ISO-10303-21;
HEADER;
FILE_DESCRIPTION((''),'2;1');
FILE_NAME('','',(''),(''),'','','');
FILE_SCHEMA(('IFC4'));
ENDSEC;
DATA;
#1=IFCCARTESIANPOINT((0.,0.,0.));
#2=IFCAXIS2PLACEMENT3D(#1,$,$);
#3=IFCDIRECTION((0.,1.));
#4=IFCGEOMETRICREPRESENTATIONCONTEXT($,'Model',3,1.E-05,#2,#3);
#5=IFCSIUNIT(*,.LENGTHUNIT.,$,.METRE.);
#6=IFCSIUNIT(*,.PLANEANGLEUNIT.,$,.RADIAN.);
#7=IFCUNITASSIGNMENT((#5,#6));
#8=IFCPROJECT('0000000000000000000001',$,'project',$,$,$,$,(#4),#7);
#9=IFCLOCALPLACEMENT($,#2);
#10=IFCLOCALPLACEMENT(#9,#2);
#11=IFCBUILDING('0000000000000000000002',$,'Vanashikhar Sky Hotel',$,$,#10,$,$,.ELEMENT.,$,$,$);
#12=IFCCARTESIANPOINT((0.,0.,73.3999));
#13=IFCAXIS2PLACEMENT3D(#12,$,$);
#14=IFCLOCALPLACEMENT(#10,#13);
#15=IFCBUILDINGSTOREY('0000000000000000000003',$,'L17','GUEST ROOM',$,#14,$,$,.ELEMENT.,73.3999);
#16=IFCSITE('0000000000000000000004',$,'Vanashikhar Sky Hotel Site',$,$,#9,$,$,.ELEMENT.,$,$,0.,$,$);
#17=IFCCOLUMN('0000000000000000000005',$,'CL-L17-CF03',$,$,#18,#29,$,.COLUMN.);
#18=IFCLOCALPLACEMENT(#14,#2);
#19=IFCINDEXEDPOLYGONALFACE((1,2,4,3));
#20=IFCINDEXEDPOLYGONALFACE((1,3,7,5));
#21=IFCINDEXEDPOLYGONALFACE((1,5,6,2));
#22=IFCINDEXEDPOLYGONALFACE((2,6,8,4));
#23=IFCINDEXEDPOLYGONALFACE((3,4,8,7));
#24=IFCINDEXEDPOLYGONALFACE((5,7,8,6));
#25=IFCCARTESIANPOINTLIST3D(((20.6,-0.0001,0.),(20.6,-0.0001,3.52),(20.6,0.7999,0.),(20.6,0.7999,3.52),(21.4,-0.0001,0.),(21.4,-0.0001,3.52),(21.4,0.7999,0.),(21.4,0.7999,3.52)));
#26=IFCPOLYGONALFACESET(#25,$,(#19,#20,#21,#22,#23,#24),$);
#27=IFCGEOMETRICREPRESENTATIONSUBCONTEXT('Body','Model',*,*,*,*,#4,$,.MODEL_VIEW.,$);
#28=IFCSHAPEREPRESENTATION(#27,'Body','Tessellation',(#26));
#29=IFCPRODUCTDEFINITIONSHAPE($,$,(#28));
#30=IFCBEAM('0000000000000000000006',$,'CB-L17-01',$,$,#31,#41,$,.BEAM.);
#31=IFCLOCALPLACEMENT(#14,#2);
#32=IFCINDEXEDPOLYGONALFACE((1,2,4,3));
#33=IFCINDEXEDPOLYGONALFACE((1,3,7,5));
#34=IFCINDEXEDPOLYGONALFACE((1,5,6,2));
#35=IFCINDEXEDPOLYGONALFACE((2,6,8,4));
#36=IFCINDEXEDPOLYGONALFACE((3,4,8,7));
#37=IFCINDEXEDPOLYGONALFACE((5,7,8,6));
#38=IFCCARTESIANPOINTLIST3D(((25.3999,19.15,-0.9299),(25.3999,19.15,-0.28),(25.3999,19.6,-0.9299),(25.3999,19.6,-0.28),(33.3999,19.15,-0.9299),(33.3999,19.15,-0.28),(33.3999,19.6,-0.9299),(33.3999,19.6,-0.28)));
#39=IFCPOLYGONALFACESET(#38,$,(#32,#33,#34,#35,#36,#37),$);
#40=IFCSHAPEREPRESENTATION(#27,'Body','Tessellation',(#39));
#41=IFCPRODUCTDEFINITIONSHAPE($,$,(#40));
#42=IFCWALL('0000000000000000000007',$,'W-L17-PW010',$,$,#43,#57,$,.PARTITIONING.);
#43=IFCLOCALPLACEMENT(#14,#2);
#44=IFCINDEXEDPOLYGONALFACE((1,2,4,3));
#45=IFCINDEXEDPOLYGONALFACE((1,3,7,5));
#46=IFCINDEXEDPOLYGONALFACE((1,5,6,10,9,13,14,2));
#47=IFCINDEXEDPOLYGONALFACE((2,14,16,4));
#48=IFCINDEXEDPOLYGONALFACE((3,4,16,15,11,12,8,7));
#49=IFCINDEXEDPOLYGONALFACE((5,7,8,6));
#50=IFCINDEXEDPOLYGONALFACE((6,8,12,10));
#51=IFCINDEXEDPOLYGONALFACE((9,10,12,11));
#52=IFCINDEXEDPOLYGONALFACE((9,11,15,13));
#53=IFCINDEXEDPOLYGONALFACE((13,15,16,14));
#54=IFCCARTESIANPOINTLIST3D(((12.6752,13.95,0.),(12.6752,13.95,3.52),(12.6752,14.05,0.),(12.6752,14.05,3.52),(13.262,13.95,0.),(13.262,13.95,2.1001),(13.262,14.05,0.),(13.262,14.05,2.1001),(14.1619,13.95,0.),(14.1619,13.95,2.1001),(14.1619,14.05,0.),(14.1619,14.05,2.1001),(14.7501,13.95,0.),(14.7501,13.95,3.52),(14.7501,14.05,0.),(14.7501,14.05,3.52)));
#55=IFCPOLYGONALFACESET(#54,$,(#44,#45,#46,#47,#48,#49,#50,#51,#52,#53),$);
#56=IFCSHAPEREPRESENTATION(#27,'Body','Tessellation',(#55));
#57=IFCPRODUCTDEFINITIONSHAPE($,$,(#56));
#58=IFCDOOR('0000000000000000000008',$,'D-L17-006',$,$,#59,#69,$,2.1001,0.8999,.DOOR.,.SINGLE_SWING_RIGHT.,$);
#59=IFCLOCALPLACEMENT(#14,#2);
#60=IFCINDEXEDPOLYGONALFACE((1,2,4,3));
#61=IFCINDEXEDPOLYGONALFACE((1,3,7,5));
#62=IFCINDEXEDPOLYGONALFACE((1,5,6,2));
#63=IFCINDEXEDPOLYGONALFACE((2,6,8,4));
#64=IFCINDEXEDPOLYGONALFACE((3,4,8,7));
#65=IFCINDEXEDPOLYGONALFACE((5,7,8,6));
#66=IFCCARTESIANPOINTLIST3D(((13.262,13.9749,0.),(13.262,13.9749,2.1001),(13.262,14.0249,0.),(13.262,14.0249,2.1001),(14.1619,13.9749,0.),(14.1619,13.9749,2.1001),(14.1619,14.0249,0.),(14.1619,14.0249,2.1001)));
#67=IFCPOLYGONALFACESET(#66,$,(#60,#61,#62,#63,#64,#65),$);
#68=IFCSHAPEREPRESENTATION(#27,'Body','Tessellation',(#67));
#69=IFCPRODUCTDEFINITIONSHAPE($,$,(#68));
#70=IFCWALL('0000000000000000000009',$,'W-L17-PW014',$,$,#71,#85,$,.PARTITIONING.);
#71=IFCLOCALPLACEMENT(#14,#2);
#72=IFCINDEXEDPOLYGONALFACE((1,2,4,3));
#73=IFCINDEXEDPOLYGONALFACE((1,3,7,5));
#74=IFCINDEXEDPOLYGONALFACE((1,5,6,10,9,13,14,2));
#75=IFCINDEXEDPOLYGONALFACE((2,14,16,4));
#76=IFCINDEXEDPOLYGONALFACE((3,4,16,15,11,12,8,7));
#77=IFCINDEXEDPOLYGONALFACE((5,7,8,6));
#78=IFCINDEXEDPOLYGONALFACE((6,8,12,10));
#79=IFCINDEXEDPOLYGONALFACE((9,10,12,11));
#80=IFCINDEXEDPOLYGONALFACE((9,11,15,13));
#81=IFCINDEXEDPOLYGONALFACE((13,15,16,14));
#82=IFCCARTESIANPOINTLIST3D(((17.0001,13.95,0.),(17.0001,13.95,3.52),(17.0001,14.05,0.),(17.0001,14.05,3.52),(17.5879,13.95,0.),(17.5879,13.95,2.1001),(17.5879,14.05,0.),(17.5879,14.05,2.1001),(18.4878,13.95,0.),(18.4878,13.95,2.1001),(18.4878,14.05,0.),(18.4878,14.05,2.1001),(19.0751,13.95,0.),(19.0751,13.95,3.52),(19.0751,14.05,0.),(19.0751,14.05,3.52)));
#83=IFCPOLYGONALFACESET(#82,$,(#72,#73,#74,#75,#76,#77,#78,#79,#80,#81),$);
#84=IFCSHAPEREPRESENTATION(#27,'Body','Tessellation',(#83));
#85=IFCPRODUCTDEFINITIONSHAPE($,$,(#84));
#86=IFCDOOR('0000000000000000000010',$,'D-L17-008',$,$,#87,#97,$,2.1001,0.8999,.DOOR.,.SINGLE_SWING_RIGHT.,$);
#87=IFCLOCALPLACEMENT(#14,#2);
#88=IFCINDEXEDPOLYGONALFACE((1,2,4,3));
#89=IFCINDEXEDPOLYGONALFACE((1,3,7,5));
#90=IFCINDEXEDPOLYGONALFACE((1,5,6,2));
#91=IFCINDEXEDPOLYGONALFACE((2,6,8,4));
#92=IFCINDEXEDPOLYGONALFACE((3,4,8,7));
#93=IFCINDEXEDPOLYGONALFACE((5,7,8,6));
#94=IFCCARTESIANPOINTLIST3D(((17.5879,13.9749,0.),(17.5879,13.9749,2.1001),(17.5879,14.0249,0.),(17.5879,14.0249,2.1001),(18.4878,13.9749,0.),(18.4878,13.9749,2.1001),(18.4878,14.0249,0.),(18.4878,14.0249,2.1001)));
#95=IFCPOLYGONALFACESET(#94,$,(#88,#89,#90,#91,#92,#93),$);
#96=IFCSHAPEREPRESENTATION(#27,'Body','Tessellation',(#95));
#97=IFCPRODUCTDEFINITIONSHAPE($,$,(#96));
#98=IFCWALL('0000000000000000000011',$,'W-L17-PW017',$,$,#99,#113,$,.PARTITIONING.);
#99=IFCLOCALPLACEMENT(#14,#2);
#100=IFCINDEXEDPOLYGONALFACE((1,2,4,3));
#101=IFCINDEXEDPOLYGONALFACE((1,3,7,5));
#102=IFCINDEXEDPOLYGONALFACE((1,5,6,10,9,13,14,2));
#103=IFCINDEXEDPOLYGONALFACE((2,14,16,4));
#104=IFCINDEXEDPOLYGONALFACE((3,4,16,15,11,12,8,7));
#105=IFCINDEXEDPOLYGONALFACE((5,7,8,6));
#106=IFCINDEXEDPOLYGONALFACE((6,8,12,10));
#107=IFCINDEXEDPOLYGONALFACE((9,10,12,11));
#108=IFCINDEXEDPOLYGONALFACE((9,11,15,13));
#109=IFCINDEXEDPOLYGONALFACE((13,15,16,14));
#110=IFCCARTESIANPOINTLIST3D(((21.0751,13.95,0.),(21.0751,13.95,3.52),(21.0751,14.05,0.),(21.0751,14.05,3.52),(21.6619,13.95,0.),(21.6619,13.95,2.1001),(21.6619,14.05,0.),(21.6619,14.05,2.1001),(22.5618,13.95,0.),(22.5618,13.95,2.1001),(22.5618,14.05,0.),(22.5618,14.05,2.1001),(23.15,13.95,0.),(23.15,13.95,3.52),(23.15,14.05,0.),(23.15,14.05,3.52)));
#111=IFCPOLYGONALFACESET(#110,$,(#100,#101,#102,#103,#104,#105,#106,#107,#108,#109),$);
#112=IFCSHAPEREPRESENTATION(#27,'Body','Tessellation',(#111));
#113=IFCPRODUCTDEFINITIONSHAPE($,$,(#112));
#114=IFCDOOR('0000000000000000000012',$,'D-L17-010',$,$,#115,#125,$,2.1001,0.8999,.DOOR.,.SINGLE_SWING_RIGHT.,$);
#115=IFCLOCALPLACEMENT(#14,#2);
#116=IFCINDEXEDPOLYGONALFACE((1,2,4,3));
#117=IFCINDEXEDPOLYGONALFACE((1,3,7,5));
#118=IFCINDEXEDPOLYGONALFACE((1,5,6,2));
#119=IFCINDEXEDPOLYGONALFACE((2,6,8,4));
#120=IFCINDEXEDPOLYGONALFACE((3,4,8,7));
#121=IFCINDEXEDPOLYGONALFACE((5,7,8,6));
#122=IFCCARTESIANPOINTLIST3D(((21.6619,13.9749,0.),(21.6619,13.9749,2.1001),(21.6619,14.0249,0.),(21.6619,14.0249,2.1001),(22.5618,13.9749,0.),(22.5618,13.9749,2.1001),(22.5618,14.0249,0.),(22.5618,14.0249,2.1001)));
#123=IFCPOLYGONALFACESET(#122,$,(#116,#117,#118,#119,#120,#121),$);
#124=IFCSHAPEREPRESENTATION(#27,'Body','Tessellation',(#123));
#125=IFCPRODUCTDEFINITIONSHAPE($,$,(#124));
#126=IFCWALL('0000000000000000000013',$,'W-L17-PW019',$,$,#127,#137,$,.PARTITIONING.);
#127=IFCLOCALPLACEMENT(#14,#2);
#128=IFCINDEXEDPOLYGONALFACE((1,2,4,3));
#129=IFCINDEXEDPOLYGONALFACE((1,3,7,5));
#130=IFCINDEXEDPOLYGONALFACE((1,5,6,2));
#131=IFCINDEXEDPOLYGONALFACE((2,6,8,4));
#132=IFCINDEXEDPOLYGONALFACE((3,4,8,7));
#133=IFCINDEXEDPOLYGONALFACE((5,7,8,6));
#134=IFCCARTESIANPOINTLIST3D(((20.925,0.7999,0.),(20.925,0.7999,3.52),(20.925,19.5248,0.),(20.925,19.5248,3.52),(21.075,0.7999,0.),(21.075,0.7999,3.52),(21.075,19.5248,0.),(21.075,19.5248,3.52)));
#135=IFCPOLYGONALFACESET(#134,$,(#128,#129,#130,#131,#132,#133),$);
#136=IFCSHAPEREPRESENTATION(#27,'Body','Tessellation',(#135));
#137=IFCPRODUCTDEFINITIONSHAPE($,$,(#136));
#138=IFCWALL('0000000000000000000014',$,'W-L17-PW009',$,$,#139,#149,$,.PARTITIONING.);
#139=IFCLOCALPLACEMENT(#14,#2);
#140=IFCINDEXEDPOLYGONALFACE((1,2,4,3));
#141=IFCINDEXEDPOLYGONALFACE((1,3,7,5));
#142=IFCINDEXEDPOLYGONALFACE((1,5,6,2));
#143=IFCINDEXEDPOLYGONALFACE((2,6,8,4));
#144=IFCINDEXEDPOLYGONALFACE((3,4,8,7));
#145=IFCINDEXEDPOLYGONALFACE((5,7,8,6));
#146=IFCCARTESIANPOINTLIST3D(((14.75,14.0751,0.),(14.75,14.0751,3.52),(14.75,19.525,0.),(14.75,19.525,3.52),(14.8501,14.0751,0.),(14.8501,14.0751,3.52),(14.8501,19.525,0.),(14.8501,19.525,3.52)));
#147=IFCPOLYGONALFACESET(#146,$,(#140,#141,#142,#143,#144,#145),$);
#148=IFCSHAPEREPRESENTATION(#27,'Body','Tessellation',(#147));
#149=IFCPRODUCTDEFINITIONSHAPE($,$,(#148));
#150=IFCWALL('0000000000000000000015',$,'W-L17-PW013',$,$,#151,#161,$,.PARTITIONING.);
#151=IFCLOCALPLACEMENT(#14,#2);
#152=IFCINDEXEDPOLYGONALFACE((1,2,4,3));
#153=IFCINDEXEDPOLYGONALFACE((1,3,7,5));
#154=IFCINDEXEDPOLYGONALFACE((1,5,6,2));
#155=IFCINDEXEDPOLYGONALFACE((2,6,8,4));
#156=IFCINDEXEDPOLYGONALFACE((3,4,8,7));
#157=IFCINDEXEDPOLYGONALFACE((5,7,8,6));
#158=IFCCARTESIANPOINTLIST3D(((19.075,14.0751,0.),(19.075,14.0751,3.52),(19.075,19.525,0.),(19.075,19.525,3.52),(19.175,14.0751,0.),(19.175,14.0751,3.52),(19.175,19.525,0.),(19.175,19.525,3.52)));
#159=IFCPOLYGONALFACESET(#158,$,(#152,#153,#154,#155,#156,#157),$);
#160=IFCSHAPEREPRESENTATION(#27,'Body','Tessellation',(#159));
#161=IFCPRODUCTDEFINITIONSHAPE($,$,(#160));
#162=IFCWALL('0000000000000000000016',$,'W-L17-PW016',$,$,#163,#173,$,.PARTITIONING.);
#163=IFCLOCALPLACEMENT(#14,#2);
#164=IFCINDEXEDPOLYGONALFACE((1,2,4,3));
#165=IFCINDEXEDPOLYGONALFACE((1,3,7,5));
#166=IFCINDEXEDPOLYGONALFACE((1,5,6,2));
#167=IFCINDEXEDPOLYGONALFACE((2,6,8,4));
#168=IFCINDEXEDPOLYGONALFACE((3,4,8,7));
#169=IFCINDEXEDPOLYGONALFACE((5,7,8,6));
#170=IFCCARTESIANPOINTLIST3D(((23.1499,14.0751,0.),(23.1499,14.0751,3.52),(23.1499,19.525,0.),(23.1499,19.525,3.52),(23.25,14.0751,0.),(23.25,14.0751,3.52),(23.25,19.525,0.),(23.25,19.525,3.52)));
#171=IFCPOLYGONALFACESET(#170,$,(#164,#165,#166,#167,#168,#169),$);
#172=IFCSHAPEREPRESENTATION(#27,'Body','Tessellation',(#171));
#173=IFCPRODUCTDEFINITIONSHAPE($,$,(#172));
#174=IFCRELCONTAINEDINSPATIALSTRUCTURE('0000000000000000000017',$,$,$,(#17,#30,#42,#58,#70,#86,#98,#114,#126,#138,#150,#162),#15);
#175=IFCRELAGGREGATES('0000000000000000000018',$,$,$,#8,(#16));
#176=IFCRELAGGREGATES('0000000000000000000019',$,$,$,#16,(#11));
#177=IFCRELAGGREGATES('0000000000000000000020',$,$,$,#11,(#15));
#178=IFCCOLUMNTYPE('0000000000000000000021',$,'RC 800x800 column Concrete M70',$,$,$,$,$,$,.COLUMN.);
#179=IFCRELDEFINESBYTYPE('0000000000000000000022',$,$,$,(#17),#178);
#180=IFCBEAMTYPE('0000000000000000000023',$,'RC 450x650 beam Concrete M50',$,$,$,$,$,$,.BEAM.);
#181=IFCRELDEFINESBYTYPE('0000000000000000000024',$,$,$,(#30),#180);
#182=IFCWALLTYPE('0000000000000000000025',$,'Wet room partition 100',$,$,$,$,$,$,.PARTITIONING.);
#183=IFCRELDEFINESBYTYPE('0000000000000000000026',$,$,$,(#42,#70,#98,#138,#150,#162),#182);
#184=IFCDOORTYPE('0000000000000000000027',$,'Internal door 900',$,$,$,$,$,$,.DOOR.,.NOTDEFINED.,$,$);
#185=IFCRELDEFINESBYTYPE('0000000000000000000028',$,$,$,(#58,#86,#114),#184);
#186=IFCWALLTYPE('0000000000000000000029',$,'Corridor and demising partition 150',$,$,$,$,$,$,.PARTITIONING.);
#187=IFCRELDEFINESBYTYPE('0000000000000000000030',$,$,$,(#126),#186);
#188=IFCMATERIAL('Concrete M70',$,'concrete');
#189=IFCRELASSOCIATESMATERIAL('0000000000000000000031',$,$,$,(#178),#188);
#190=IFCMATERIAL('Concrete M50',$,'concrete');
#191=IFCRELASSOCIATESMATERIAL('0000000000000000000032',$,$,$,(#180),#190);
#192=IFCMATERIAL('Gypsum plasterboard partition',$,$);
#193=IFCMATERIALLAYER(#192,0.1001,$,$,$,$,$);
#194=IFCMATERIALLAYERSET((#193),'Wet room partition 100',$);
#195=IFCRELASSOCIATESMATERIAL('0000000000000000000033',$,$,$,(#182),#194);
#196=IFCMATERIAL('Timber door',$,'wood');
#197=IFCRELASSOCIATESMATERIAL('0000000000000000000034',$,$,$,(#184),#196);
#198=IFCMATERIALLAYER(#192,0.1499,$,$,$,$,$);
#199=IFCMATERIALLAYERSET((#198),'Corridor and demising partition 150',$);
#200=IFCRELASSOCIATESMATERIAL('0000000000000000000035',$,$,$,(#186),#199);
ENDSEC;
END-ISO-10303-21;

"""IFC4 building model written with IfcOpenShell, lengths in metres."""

from ifc_helpers import new_model, si_unit, direction, frame, frame_2d, origin, origin_2d, place, context, subcontext, project, spatial, rectangle, extrude, source, transform, mapped, material, layer, layer_set, material_profile, profile_set, type_object, element, fill, save


model = new_model("IFC4")

# Units and contexts
model_context = context("Model", 3, precision=1e-05, world=origin(), true_north=direction((0.0, 1.0)))
body_context = subcontext(model_context, "Body", "Model", "MODEL_VIEW")
ifc_project = project(units=[si_unit("LENGTHUNIT", "METRE"), si_unit("PLANEANGLEUNIT", "RADIAN")], contexts=[model_context])

# Site, building, storey
site_placement = place(None, origin())
site = spatial("IfcSite", under=ifc_project, at=site_placement, Name="Vanashikhar Sky Hotel Site", CompositionType="ELEMENT", RefElevation=0.0)
building_placement = place(site_placement, origin())
building = spatial("IfcBuilding", under=site, at=building_placement, Name="Vanashikhar Sky Hotel", CompositionType="ELEMENT")
storey_placement = place(building_placement, frame((0.0, 0.0, 73.3999)))
storey = spatial("IfcBuildingStorey", under=building, at=storey_placement, Name="L17", Description="GUEST ROOM", CompositionType="ELEMENT", Elevation=73.3999)

# Column
ifc_material_1 = material(Name="Concrete M70", Category="concrete")
ifc_material_profile_1 = material_profile(ifc_material_1, rectangle(XDim=0.8, YDim=0.8, at=origin_2d()))
ifc_profile_set_1 = profile_set([ifc_material_profile_1], Name="RC 800x800 column Concrete M70")
column_type = type_object("IfcColumnType", Name="RC 800x800 column Concrete M70", PredefinedType="COLUMN", material=ifc_profile_set_1)
shared_shape_1 = source(origin(), body_context, "Body", "SweptSolid", [
    extrude(rectangle(XDim=0.8, YDim=0.8, at=origin_2d()), origin(), (0.0, 0.0, 1.0), 3.52),
])
column_placement = place(storey_placement, frame((21.0, 0.3999, 0.0), z_axis=(0.0, 0.0, 1.0), x_axis=(1.0, 0.0, 0.0)))
element("IfcColumn", 1, at=column_placement, inside=storey, type_object=column_type, Name="CL-L17-CF03", PredefinedType="COLUMN", context=body_context, shape_type="MappedRepresentation", body=[
    mapped(shared_shape_1, transform((0.0, 0.0, 0.0), scale=1.0)),
])

# Beam
ifc_material_2 = material(Name="Concrete M50", Category="concrete")
ifc_material_profile_2 = material_profile(ifc_material_2, rectangle(XDim=0.45, YDim=0.6499, at=origin_2d()))
ifc_profile_set_2 = profile_set([ifc_material_profile_2], Name="RC 450x650 beam Concrete M50")
beam_type = type_object("IfcBeamType", Name="RC 450x650 beam Concrete M50", PredefinedType="BEAM", material=ifc_profile_set_2)
shared_shape_2 = source(origin(), body_context, "Body", "SweptSolid", [
    extrude(rectangle(XDim=0.45, YDim=0.6499, at=origin_2d()), origin(), (0.0, 0.0, 1.0), 8.0),
])
beam_placement = place(storey_placement, frame((25.3999, 19.375, -0.605), z_axis=(1.0, 0.0, 0.0), x_axis=(0.0, 1.0, 0.0)))
element("IfcBeam", 2, at=beam_placement, inside=storey, type_object=beam_type, Name="CB-L17-01", PredefinedType="BEAM", context=body_context, shape_type="MappedRepresentation", body=[
    mapped(shared_shape_2, transform((0.0, 0.0, 0.0), scale=1.0)),
])

# Walls, openings, doors
ifc_material_3 = material(Name="Gypsum plasterboard partition")
ifc_layer_1 = layer(ifc_material_3, 0.1001)
ifc_layer_set_1 = layer_set([ifc_layer_1], Name="Wet room partition 100")
wall_type_1 = type_object("IfcWallType", Name="Wet room partition 100", PredefinedType="PARTITIONING", material=ifc_layer_set_1)
shared_shape_3 = source(origin(), body_context, "Body", "SweptSolid", [
    extrude(rectangle(XDim=2.075, YDim=0.1001, at=frame_2d((1.0376, 0.0))), origin(), (0.0, 0.0, 1.0), 3.52),
])
wall_1_placement = place(storey_placement, frame((12.675, 14.0, 0.0), z_axis=(0.0, 0.0, 1.0), x_axis=(1.0, 0.0, 0.0)))
wall_1 = element("IfcWall", 3, at=wall_1_placement, inside=storey, type_object=wall_type_1, Name="W-L17-PW010", PredefinedType="PARTITIONING", context=body_context, shape_type="MappedRepresentation", body=[
    mapped(shared_shape_3, transform((0.0, 0.0, 0.0), scale=1.0)),
])
shared_shape_4 = source(origin(), body_context, "Body", "SweptSolid", [
    extrude(rectangle(XDim=0.8999, YDim=2.1001, at=frame_2d((0.45, 1.05))), frame((0.0, 0.0601, 0.0), z_axis=(0.0, -1.0, 0.0), x_axis=(1.0, 0.0, 0.0)), (0.0, 0.0, 1.0), 0.1201),
])
opening_1_placement = place(wall_1_placement, frame((0.5869, 0.0, 0.0)))
opening_1 = element("IfcOpeningElement", 4, at=opening_1_placement, cuts=wall_1, PredefinedType="OPENING", context=body_context, shape_type="MappedRepresentation", body=[
    mapped(shared_shape_4, transform((0.0, 0.0, 0.0), scale=1.0)),
])
ifc_material_4 = material(Name="Timber door", Category="wood")
door_type_1 = type_object("IfcDoorType", Name="Internal door 900", OperationType="NOTDEFINED", PredefinedType="DOOR", material=ifc_material_4)
shared_shape_5 = source(origin(), body_context, "Body", "SweptSolid", [
    extrude(rectangle(XDim=0.8999, YDim=2.1001, at=frame_2d((0.45, 1.05))), frame((0.0, 0.0249, 0.0), z_axis=(0.0, -1.0, 0.0), x_axis=(1.0, 0.0, 0.0)), (0.0, 0.0, 1.0), 0.05),
])
door_1_placement = place(opening_1_placement, origin())
door_1 = element("IfcDoor", 5, at=door_1_placement, inside=storey, type_object=door_type_1, Name="D-L17-006", OperationType="SINGLE_SWING_RIGHT", OverallHeight=2.1001, OverallWidth=0.8999, PredefinedType="DOOR", context=body_context, shape_type="MappedRepresentation", body=[
    mapped(shared_shape_5, transform((0.0, 0.0, 0.0), scale=1.0)),
])
fill(opening_1, door_1)
wall_2_placement = place(storey_placement, frame((17.0, 14.0, 0.0), z_axis=(0.0, 0.0, 1.0), x_axis=(1.0, 0.0, 0.0)))
wall_2 = element("IfcWall", 6, at=wall_2_placement, inside=storey, type_object=wall_type_1, Name="W-L17-PW014", PredefinedType="PARTITIONING", context=body_context, shape_type="MappedRepresentation", body=[
    mapped(shared_shape_3, transform((0.0, 0.0, 0.0), scale=1.0)),
])
opening_2_placement = place(wall_2_placement, frame((0.5879, 0.0, 0.0)))
opening_2 = element("IfcOpeningElement", 7, at=opening_2_placement, cuts=wall_2, PredefinedType="OPENING", context=body_context, shape_type="MappedRepresentation", body=[
    mapped(shared_shape_4, transform((0.0, 0.0, 0.0), scale=1.0)),
])
door_2_placement = place(opening_2_placement, origin())
door_2 = element("IfcDoor", 8, at=door_2_placement, inside=storey, type_object=door_type_1, Name="D-L17-008", OperationType="SINGLE_SWING_RIGHT", OverallHeight=2.1001, OverallWidth=0.8999, PredefinedType="DOOR", context=body_context, shape_type="MappedRepresentation", body=[
    mapped(shared_shape_5, transform((0.0, 0.0, 0.0), scale=1.0)),
])
fill(opening_2, door_2)
wall_3_placement = place(storey_placement, frame((21.075, 14.0, 0.0), z_axis=(0.0, 0.0, 1.0), x_axis=(1.0, 0.0, 0.0)))
wall_3 = element("IfcWall", 9, at=wall_3_placement, inside=storey, type_object=wall_type_1, Name="W-L17-PW017", PredefinedType="PARTITIONING", context=body_context, shape_type="MappedRepresentation", body=[
    mapped(shared_shape_3, transform((0.0, 0.0, 0.0), scale=1.0)),
])
opening_3_placement = place(wall_3_placement, frame((0.5869, 0.0, 0.0)))
opening_3 = element("IfcOpeningElement", 10, at=opening_3_placement, cuts=wall_3, PredefinedType="OPENING", context=body_context, shape_type="MappedRepresentation", body=[
    mapped(shared_shape_4, transform((0.0, 0.0, 0.0), scale=1.0)),
])
door_3_placement = place(opening_3_placement, origin())
door_3 = element("IfcDoor", 11, at=door_3_placement, inside=storey, type_object=door_type_1, Name="D-L17-010", OperationType="SINGLE_SWING_RIGHT", OverallHeight=2.1001, OverallWidth=0.8999, PredefinedType="DOOR", context=body_context, shape_type="MappedRepresentation", body=[
    mapped(shared_shape_5, transform((0.0, 0.0, 0.0), scale=1.0)),
])
fill(opening_3, door_3)

# Walls
ifc_layer_2 = layer(ifc_material_3, 0.1499)
ifc_layer_set_2 = layer_set([ifc_layer_2], Name="Corridor and demising partition 150")
wall_type_2 = type_object("IfcWallType", Name="Corridor and demising partition 150", PredefinedType="PARTITIONING", material=ifc_layer_set_2)
shared_shape_6 = source(origin(), body_context, "Body", "SweptSolid", [
    extrude(rectangle(XDim=18.7249, YDim=0.1499, at=frame_2d((9.3623, 0.0))), origin(), (0.0, 0.0, 1.0), 3.52),
])
wall_4_placement = place(storey_placement, frame((21.0, 0.8, 0.0), z_axis=(0.0, 0.0, 1.0), x_axis=(0.0, 1.0, 0.0)))
element("IfcWall", 12, at=wall_4_placement, inside=storey, type_object=wall_type_2, Name="W-L17-PW019", PredefinedType="PARTITIONING", context=body_context, shape_type="MappedRepresentation", body=[
    mapped(shared_shape_6, transform((0.0, 0.0, 0.0), scale=1.0)),
])
shared_shape_7 = source(origin(), body_context, "Body", "SweptSolid", [
    extrude(rectangle(XDim=5.45, YDim=0.1001, at=frame_2d((2.7251, 0.0))), origin(), (0.0, 0.0, 1.0), 3.52),
])
for number, where, z_axis, x_axis, name in (
    (13, (14.8, 14.075, 0.0), (0.0, 0.0, 1.0), (0.0, 1.0, 0.0), "W-L17-PW009"),
    (14, (19.125, 14.075, 0.0), (0.0, 0.0, 1.0), (0.0, 1.0, 0.0), "W-L17-PW013"),
    (15, (23.2, 14.075, 0.0), (0.0, 0.0, 1.0), (0.0, 1.0, 0.0), "W-L17-PW016"),
):
    element("IfcWall", number, at=place(storey_placement, frame(where, z_axis=z_axis, x_axis=x_axis)), inside=storey, type_object=wall_type_1, Name=name, PredefinedType="PARTITIONING", context=body_context, shape_type="MappedRepresentation", body=[
        mapped(shared_shape_7, transform((0.0, 0.0, 0.0), scale=1.0)),
    ])

save(model, "model.ifc")
